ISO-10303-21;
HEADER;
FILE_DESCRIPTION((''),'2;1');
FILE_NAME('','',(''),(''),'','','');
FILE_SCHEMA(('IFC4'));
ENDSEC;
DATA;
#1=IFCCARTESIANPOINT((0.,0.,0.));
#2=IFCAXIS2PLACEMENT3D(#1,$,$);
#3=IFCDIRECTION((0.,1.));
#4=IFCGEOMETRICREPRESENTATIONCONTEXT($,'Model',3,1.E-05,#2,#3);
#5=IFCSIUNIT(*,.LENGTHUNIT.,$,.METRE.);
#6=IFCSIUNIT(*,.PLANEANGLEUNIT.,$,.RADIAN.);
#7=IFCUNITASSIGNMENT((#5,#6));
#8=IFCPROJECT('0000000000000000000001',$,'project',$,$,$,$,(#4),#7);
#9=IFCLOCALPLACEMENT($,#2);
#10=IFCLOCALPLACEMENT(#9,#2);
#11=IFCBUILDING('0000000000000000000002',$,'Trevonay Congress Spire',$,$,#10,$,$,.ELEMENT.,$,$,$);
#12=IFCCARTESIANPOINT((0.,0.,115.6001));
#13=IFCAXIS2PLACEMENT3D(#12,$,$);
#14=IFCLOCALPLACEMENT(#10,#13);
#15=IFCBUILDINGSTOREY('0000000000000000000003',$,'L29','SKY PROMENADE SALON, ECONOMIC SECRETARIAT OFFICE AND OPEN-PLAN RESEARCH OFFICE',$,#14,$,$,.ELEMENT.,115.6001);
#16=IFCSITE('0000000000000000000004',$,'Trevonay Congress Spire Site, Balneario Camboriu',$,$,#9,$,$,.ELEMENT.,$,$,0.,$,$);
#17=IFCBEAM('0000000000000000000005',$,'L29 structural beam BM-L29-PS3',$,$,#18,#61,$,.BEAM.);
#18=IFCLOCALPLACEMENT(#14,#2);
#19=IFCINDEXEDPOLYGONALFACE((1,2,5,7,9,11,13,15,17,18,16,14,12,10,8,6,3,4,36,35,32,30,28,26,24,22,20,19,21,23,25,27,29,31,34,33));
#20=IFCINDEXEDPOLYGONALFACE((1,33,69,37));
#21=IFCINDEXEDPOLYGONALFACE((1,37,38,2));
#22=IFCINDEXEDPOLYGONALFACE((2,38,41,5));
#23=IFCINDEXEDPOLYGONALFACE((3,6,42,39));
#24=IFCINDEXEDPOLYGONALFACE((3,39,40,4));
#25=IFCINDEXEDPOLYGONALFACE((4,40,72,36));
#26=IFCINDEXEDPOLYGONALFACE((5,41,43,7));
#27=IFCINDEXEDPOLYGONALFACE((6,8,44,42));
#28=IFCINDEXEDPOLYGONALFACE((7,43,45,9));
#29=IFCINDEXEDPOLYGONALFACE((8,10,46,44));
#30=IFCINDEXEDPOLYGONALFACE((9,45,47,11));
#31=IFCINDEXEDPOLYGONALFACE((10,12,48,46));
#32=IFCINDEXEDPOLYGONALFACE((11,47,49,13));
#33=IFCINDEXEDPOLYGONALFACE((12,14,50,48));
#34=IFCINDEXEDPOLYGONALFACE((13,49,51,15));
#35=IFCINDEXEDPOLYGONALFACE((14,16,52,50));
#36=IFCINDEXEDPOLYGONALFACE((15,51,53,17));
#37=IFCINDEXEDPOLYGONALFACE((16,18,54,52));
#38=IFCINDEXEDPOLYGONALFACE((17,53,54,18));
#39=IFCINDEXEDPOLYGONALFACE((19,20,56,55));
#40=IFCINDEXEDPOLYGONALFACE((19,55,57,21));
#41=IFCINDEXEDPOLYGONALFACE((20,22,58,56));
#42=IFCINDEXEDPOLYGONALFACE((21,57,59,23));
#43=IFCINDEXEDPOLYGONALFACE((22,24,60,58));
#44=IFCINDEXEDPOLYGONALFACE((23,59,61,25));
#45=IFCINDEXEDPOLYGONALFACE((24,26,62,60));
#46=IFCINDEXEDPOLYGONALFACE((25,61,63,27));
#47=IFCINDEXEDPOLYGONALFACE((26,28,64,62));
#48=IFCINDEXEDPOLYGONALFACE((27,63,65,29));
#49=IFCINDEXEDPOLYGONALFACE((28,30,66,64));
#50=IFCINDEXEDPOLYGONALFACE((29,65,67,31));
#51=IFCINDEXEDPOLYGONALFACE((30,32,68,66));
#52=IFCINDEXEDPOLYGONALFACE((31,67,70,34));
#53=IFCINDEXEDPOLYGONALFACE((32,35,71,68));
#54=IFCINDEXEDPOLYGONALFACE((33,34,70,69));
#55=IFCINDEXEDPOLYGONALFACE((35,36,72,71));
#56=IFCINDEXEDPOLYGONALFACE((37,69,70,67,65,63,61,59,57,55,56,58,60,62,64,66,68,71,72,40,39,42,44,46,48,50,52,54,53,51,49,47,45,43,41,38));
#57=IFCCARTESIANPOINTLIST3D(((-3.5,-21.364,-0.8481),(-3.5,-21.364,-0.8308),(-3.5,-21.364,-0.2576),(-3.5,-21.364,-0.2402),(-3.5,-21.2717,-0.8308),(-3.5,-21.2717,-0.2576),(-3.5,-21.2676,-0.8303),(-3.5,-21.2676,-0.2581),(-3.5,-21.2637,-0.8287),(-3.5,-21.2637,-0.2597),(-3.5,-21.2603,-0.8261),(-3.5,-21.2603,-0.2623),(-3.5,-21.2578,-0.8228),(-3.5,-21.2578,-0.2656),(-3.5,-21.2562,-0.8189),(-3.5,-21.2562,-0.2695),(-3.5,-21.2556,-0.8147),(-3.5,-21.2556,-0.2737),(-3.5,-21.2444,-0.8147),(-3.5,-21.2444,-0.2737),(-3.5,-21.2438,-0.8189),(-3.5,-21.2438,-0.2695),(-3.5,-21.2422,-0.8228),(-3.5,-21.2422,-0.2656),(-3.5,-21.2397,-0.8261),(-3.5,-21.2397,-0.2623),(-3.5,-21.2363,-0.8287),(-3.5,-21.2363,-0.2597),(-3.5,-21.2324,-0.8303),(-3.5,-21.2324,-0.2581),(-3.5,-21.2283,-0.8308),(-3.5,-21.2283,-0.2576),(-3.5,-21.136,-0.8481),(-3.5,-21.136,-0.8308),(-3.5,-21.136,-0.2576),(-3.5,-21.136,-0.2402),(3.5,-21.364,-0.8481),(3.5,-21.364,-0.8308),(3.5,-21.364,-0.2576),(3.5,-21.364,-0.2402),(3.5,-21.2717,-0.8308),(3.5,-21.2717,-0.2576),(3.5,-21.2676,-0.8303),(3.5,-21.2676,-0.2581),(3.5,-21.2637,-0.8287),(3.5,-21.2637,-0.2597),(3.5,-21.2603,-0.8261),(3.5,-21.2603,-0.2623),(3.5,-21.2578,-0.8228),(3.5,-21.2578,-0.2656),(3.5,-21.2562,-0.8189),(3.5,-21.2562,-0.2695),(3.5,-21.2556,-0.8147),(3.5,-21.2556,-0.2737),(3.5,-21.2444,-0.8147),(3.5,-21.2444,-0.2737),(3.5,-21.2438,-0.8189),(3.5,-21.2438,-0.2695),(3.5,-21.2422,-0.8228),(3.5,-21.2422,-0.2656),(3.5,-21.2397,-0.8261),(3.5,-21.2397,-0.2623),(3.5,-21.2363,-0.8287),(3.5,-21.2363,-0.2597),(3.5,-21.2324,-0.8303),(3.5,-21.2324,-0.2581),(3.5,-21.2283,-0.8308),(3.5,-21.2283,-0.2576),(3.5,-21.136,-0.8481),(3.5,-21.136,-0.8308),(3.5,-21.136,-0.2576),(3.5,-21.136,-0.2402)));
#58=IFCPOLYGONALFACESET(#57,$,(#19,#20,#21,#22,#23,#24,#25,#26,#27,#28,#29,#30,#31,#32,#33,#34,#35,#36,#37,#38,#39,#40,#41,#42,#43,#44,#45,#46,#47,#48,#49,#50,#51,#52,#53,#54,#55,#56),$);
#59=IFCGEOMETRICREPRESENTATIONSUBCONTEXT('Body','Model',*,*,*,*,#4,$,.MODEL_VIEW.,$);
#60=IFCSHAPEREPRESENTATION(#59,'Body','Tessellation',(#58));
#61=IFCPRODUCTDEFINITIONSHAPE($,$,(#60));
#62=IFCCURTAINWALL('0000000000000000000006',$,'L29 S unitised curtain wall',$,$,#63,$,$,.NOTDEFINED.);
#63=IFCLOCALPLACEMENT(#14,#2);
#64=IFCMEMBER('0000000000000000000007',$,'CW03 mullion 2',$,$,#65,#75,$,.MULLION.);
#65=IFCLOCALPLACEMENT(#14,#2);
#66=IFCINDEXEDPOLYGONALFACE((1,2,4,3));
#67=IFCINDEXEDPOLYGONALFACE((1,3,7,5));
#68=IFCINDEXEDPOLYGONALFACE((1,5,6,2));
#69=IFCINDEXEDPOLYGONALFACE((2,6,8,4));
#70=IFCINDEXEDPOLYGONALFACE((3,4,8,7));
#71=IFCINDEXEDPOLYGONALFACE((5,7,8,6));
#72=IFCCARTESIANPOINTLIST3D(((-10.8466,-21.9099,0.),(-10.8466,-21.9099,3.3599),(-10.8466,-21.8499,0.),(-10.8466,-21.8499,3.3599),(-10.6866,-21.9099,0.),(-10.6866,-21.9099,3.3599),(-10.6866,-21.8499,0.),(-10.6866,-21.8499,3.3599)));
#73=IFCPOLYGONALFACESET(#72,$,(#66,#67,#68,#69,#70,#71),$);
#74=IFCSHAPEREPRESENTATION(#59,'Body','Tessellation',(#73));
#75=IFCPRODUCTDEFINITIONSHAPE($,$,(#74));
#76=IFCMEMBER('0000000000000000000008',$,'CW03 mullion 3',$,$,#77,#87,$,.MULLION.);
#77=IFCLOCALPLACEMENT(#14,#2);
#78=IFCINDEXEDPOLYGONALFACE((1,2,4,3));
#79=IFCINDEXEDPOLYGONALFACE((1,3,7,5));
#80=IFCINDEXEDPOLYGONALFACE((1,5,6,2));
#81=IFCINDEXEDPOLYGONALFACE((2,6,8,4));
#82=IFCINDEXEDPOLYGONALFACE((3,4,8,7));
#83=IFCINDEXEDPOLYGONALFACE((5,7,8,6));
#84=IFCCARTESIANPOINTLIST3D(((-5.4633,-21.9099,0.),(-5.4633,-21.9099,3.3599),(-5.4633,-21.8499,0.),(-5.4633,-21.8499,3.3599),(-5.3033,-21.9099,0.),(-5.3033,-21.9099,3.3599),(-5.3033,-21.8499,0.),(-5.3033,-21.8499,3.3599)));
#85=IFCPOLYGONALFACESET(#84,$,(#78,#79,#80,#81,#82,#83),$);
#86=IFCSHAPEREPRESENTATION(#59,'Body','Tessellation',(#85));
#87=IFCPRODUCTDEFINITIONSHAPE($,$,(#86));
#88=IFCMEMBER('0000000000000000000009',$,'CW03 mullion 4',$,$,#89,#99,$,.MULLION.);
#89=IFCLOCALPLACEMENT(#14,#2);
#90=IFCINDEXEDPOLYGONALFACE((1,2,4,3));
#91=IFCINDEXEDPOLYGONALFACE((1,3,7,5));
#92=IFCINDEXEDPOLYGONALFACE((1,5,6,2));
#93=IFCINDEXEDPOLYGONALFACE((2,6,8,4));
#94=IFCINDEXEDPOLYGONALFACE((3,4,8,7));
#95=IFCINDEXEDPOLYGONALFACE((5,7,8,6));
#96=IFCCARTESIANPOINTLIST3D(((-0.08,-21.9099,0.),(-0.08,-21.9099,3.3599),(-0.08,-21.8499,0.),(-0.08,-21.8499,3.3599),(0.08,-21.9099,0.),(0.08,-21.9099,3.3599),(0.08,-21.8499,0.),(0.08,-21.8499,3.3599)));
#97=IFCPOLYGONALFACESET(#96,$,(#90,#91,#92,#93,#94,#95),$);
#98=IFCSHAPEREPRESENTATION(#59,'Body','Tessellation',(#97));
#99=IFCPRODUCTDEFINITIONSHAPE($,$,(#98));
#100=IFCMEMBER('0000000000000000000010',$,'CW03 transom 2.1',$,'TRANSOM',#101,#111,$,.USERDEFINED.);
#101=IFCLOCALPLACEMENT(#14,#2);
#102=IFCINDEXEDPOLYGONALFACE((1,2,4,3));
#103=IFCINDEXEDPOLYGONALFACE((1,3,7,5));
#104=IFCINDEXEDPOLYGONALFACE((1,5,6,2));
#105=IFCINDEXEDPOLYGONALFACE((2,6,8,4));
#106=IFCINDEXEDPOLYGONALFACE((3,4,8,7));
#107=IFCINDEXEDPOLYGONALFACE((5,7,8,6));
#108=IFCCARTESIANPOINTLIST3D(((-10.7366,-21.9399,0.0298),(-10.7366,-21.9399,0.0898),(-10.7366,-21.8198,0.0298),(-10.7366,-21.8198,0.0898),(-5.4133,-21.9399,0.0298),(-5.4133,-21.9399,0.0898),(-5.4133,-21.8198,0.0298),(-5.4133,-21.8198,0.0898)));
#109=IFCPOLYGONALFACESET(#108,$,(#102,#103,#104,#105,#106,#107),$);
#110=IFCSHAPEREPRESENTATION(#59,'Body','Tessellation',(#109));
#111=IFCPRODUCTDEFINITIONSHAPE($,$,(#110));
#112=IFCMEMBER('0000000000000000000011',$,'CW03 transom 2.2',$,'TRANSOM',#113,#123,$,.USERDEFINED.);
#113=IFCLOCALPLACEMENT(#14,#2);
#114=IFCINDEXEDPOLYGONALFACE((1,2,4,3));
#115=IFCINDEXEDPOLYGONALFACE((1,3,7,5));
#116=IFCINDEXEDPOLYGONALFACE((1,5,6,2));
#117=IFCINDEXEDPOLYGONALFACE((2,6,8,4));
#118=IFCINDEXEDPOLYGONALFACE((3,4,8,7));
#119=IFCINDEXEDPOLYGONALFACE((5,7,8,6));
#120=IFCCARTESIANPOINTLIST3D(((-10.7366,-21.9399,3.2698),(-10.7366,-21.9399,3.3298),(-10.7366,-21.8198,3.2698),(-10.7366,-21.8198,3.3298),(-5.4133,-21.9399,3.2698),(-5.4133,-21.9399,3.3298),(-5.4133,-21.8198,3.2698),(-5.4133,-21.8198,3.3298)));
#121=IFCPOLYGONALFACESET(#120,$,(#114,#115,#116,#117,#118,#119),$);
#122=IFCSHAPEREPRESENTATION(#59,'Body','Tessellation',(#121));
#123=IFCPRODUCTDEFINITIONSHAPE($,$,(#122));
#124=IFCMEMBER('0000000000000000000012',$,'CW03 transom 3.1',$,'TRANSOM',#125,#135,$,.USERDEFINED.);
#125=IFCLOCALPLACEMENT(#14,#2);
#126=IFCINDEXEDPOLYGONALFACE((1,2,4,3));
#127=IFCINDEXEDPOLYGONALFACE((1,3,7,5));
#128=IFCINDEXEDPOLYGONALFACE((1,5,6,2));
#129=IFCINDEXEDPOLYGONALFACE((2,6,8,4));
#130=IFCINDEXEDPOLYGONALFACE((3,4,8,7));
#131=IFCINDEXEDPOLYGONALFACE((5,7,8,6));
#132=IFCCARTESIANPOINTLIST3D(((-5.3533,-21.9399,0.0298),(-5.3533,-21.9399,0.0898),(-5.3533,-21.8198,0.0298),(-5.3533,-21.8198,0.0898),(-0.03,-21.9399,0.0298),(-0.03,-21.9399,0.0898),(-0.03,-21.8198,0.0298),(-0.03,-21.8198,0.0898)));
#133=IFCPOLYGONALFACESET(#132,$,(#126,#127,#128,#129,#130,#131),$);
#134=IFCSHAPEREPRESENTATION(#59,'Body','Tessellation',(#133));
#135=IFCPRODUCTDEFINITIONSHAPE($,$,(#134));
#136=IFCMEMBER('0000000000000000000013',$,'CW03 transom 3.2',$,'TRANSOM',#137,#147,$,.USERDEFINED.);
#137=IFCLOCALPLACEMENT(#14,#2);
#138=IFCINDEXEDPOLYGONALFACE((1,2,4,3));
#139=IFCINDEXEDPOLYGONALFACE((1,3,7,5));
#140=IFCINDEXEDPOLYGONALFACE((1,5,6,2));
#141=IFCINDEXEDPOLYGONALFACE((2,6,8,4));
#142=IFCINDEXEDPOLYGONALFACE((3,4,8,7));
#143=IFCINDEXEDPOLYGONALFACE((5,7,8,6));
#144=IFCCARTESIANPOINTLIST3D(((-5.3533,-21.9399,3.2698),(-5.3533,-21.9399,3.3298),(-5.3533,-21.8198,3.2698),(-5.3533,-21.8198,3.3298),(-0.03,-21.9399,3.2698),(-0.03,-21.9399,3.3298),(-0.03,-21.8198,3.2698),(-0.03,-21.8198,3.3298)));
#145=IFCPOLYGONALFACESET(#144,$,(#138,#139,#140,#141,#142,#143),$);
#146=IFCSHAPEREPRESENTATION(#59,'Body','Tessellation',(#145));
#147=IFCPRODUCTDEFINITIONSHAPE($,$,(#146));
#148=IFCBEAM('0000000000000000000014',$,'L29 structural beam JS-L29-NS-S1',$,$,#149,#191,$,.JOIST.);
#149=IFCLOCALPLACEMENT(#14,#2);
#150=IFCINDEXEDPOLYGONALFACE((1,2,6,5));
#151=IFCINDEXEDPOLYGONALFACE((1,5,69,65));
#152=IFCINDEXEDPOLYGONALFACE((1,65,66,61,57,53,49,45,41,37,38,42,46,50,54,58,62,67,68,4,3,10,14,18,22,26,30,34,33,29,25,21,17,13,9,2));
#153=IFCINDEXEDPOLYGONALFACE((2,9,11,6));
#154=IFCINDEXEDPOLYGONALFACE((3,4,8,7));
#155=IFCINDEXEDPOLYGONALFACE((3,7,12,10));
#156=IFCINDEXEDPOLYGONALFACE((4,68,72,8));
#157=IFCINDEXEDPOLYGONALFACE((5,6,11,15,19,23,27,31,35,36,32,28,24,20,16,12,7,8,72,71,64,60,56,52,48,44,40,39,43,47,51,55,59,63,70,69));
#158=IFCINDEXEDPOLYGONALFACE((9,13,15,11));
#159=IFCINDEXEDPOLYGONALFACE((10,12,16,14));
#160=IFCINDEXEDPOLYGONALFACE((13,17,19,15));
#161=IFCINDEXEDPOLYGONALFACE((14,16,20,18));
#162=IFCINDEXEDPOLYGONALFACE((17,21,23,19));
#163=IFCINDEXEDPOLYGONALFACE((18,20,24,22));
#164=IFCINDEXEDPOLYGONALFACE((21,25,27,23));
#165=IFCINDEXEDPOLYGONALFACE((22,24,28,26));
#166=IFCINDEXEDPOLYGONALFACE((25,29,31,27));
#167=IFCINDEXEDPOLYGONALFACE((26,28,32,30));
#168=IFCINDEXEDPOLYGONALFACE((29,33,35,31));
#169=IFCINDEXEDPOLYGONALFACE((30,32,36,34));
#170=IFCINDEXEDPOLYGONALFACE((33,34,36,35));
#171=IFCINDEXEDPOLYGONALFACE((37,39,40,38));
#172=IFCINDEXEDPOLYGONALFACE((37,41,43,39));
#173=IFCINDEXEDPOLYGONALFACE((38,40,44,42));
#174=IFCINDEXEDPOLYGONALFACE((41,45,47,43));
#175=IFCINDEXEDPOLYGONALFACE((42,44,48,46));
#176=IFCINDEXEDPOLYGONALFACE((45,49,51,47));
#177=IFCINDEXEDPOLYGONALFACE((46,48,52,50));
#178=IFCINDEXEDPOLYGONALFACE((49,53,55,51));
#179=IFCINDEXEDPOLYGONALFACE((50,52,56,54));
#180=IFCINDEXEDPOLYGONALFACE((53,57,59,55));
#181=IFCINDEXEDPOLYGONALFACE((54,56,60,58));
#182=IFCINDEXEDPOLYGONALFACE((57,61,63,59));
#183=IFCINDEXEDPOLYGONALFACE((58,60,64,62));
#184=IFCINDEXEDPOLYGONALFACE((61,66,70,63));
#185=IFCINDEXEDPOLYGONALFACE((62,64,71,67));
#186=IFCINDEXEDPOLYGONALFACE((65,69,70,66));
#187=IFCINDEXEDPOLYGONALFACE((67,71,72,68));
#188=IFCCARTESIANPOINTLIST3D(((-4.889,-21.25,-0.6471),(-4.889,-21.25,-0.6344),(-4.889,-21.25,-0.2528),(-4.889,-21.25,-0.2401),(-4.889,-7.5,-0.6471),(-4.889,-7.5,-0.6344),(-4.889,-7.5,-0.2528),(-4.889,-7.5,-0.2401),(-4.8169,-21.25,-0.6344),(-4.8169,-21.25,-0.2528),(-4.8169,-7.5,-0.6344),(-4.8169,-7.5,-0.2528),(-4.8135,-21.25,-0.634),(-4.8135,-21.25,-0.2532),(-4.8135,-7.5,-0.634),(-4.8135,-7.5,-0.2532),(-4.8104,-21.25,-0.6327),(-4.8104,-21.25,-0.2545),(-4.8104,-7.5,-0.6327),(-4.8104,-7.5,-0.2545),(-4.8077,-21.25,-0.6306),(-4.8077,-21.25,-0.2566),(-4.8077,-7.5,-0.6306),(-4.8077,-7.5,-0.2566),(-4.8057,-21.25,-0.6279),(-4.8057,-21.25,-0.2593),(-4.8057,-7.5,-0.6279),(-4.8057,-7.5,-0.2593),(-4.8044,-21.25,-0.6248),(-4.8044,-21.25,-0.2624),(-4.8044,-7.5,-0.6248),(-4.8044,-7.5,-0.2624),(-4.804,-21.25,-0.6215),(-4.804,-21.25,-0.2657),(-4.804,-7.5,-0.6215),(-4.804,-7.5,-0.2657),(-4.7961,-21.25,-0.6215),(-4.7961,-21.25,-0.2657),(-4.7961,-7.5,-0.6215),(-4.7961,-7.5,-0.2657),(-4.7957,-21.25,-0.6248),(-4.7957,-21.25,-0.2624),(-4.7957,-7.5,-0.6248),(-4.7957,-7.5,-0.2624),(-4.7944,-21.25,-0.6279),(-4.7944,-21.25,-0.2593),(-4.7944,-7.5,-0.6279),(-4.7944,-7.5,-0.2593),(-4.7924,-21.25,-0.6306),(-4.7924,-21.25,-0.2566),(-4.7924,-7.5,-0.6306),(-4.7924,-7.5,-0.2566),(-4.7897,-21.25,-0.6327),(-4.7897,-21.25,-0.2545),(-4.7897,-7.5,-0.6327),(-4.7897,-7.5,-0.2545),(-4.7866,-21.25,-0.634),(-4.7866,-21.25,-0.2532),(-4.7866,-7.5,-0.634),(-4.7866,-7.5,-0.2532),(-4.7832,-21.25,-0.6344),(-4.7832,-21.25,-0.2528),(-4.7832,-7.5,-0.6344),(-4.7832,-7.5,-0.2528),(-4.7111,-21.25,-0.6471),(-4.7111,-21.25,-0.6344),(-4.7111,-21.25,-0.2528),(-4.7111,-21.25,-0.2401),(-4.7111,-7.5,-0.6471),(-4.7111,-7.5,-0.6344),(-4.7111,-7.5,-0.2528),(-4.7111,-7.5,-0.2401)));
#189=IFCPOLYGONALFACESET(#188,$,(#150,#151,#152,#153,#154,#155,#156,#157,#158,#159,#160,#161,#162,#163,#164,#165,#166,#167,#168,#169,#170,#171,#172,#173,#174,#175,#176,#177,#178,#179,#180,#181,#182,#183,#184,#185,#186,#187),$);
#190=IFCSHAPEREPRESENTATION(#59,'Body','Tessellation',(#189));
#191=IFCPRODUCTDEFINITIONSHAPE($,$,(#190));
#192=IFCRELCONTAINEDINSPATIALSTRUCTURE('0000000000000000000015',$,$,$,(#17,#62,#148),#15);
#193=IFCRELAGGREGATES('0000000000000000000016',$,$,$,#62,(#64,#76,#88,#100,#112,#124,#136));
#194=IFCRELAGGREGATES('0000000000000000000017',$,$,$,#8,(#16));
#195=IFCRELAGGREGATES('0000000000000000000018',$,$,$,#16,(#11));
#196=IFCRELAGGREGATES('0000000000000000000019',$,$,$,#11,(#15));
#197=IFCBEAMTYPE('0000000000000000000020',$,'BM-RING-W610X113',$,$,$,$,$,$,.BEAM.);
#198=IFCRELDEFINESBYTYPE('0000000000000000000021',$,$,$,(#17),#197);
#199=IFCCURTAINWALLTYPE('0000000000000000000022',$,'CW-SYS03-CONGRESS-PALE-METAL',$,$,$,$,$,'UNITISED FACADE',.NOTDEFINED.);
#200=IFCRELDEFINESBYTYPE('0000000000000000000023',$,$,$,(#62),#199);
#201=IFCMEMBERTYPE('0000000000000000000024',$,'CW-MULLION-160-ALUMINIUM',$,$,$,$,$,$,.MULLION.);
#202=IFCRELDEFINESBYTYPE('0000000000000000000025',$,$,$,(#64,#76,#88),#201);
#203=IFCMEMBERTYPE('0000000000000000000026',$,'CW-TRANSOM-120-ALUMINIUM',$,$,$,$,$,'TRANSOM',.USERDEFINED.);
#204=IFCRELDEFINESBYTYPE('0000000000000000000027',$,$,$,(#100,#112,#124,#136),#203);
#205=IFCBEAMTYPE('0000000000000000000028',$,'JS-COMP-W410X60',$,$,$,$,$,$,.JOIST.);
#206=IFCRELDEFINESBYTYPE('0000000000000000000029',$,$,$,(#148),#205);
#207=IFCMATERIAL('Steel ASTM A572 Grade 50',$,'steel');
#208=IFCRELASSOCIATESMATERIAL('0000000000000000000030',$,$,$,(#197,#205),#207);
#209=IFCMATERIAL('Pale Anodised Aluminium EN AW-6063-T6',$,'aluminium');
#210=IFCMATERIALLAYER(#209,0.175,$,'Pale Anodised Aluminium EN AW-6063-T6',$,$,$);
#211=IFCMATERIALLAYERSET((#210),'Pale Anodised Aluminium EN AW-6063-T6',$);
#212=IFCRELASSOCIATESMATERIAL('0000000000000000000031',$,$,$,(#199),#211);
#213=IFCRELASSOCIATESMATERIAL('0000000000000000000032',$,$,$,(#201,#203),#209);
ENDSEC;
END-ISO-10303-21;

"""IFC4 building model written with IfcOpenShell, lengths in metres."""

from ifc_helpers import new_model, si_unit, direction, frame, origin, origin_2d, place, context, subcontext, project, spatial, rectangle, i_section, extrude, material, layer, layer_set, material_profile, profile_set, type_object, element, aggregate, save


model = new_model("IFC4")

# Units and contexts
model_context = context("Model", 3, precision=1e-05, world=origin(), true_north=direction((0.0, 1.0)))
body_context = subcontext(model_context, "Body", "Model", "MODEL_VIEW")
ifc_project = project(units=[si_unit("LENGTHUNIT", "METRE"), si_unit("PLANEANGLEUNIT", "RADIAN")], contexts=[model_context])

# Site, building, storey
site_placement = place(None, origin())
site = spatial("IfcSite", under=ifc_project, at=site_placement, Name="Trevonay Congress Spire Site, Balneario Camboriu", CompositionType="ELEMENT", RefElevation=0.0)
building_placement = place(site_placement, origin())
building = spatial("IfcBuilding", under=site, at=building_placement, Name="Trevonay Congress Spire", CompositionType="ELEMENT")
storey_placement = place(building_placement, frame((0.0, 0.0, 115.6001)))
storey = spatial("IfcBuildingStorey", under=building, at=storey_placement, Name="L29", Description="SKY PROMENADE SALON, ECONOMIC SECRETARIAT OFFICE AND OPEN-PLAN RESEARCH OFFICE", CompositionType="ELEMENT", Elevation=115.6001)

# Shared definitions
ifc_material_1 = material(Name="Steel ASTM A572 Grade 50", Category="steel")

# Beam
ifc_material_profile_1 = material_profile(ifc_material_1, i_section(OverallWidth=0.228, OverallDepth=0.6079, WebThickness=0.0112, FlangeThickness=0.0173, FilletRadius=0.0161, at=origin_2d()), Name="W610x113")
ifc_profile_set_1 = profile_set([ifc_material_profile_1], Name="Steel ASTM A572 Grade 50")
beam_type_1 = type_object("IfcBeamType", Name="BM-RING-W610X113", PredefinedType="BEAM", material=ifc_profile_set_1)
beam_1_placement = place(storey_placement, frame((-3.5, -21.25, -0.5442), z_axis=(1.0, 0.0, 0.0), x_axis=(0.0, 1.0, 0.0)))
element("IfcBeam", 1, at=beam_1_placement, inside=storey, type_object=beam_type_1, Name="L29 structural beam BM-L29-PS3", PredefinedType="BEAM", context=body_context, shape_type="SweptSolid", body=[
    extrude(i_section(OverallWidth=0.228, OverallDepth=0.6079, WebThickness=0.0112, FlangeThickness=0.0173, FilletRadius=0.0161, at=origin_2d()), origin(), (0.0, 0.0, 1.0), 7.0),
])

# Curtain wall, members
ifc_material_2 = material(Name="Pale Anodised Aluminium EN AW-6063-T6", Category="aluminium")
ifc_layer_1 = layer(ifc_material_2, 0.175, Name="Pale Anodised Aluminium EN AW-6063-T6")
ifc_layer_set_1 = layer_set([ifc_layer_1], Name="Pale Anodised Aluminium EN AW-6063-T6")
curtain_wall_type = type_object("IfcCurtainWallType", Name="CW-SYS03-CONGRESS-PALE-METAL", ElementType="UNITISED FACADE", PredefinedType="NOTDEFINED", material=ifc_layer_set_1)
curtain_wall_placement = place(storey_placement, origin())
curtain_wall = element("IfcCurtainWall", 2, at=curtain_wall_placement, inside=storey, type_object=curtain_wall_type, Name="L29 S unitised curtain wall", PredefinedType="NOTDEFINED")
ifc_material_profile_2 = material_profile(ifc_material_2, rectangle(XDim=0.0601, YDim=0.1599, at=origin_2d()), Name="CW-MULLION-160-ALUMINIUM")
ifc_profile_set_2 = profile_set([ifc_material_profile_2], Name="Pale Anodised Aluminium EN AW-6063-T6")
member_type_1 = type_object("IfcMemberType", Name="CW-MULLION-160-ALUMINIUM", PredefinedType="MULLION", material=ifc_profile_set_2)
member_1_placement = place(storey_placement, frame((-10.7666, -21.8799, 0.0), z_axis=(0.0, 0.0, 1.0), x_axis=(0.0, 1.0, 0.0)))
member_1 = element("IfcMember", 3, at=member_1_placement, type_object=member_type_1, Name="CW03 mullion 2", PredefinedType="MULLION", context=body_context, shape_type="SweptSolid", body=[
    extrude(rectangle(XDim=0.0601, YDim=0.1599, at=origin_2d()), origin(), (0.0, 0.0, 1.0), 3.3599),
])
member_2_placement = place(storey_placement, frame((-5.3833, -21.8799, 0.0), z_axis=(0.0, 0.0, 1.0), x_axis=(0.0, 1.0, 0.0)))
member_2 = element("IfcMember", 4, at=member_2_placement, type_object=member_type_1, Name="CW03 mullion 3", PredefinedType="MULLION", context=body_context, shape_type="SweptSolid", body=[
    extrude(rectangle(XDim=0.0601, YDim=0.1599, at=origin_2d()), origin(), (0.0, 0.0, 1.0), 3.3599),
])
member_3_placement = place(storey_placement, frame((0.0, -21.8799, 0.0), z_axis=(0.0, 0.0, 1.0), x_axis=(0.0, 1.0, 0.0)))
member_3 = element("IfcMember", 5, at=member_3_placement, type_object=member_type_1, Name="CW03 mullion 4", PredefinedType="MULLION", context=body_context, shape_type="SweptSolid", body=[
    extrude(rectangle(XDim=0.0601, YDim=0.1599, at=origin_2d()), origin(), (0.0, 0.0, 1.0), 3.3599),
])
ifc_material_profile_3 = material_profile(ifc_material_2, rectangle(XDim=0.1201, YDim=0.0601, at=origin_2d()), Name="CW-TRANSOM-120-ALUMINIUM")
ifc_profile_set_3 = profile_set([ifc_material_profile_3], Name="Pale Anodised Aluminium EN AW-6063-T6")
member_type_2 = type_object("IfcMemberType", Name="CW-TRANSOM-120-ALUMINIUM", ElementType="TRANSOM", PredefinedType="USERDEFINED", material=ifc_profile_set_3)
member_4_placement = place(storey_placement, frame((-10.7366, -21.8799, 0.0598), z_axis=(1.0, 0.0, 0.0), x_axis=(0.0, 1.0, 0.0)))
member_4 = element("IfcMember", 6, at=member_4_placement, type_object=member_type_2, Name="CW03 transom 2.1", ObjectType="TRANSOM", PredefinedType="USERDEFINED", context=body_context, shape_type="SweptSolid", body=[
    extrude(rectangle(XDim=0.1201, YDim=0.0601, at=origin_2d()), origin(), (0.0, 0.0, 1.0), 5.3232),
])
member_5_placement = place(storey_placement, frame((-10.7366, -21.8799, 3.2998), z_axis=(1.0, 0.0, 0.0), x_axis=(0.0, 1.0, 0.0)))
member_5 = element("IfcMember", 7, at=member_5_placement, type_object=member_type_2, Name="CW03 transom 2.2", ObjectType="TRANSOM", PredefinedType="USERDEFINED", context=body_context, shape_type="SweptSolid", body=[
    extrude(rectangle(XDim=0.1201, YDim=0.0601, at=origin_2d()), origin(), (0.0, 0.0, 1.0), 5.3232),
])
member_6_placement = place(storey_placement, frame((-5.3533, -21.8799, 0.0598), z_axis=(1.0, 0.0, 0.0), x_axis=(0.0, 1.0, 0.0)))
member_6 = element("IfcMember", 8, at=member_6_placement, type_object=member_type_2, Name="CW03 transom 3.1", ObjectType="TRANSOM", PredefinedType="USERDEFINED", context=body_context, shape_type="SweptSolid", body=[
    extrude(rectangle(XDim=0.1201, YDim=0.0601, at=origin_2d()), origin(), (0.0, 0.0, 1.0), 5.3232),
])
member_7_placement = place(storey_placement, frame((-5.3533, -21.8799, 3.2998), z_axis=(1.0, 0.0, 0.0), x_axis=(0.0, 1.0, 0.0)))
member_7 = element("IfcMember", 9, at=member_7_placement, type_object=member_type_2, Name="CW03 transom 3.2", ObjectType="TRANSOM", PredefinedType="USERDEFINED", context=body_context, shape_type="SweptSolid", body=[
    extrude(rectangle(XDim=0.1201, YDim=0.0601, at=origin_2d()), origin(), (0.0, 0.0, 1.0), 5.3232),
])

# Beam
ifc_material_profile_4 = material_profile(ifc_material_1, i_section(OverallWidth=0.178, OverallDepth=0.407, WebThickness=0.0078, FlangeThickness=0.0127, FilletRadius=0.0129, at=origin_2d()), Name="W410x60")
ifc_profile_set_4 = profile_set([ifc_material_profile_4], Name="Steel ASTM A572 Grade 50")
beam_type_2 = type_object("IfcBeamType", Name="JS-COMP-W410X60", PredefinedType="JOIST", material=ifc_profile_set_4)
for number, where, z_axis, x_axis, name in (
    (10, (-4.8, -21.25, -0.4436), (0.0, 1.0, 0.0), (-1.0, 0.0, 0.0), "L29 structural beam JS-L29-NS-S1"),
):
    element("IfcBeam", number, at=place(storey_placement, frame(where, z_axis=z_axis, x_axis=x_axis)), inside=storey, type_object=beam_type_2, Name=name, PredefinedType="JOIST", context=body_context, shape_type="SweptSolid", body=[
        extrude(i_section(OverallWidth=0.178, OverallDepth=0.407, WebThickness=0.0078, FlangeThickness=0.0127, FilletRadius=0.0129, at=origin_2d()), origin(), (0.0, 0.0, 1.0), 13.75),
    ])

aggregate(curtain_wall, [member_1, member_2, member_3, member_4, member_5, member_6, member_7])

save(model, "model.ifc")
